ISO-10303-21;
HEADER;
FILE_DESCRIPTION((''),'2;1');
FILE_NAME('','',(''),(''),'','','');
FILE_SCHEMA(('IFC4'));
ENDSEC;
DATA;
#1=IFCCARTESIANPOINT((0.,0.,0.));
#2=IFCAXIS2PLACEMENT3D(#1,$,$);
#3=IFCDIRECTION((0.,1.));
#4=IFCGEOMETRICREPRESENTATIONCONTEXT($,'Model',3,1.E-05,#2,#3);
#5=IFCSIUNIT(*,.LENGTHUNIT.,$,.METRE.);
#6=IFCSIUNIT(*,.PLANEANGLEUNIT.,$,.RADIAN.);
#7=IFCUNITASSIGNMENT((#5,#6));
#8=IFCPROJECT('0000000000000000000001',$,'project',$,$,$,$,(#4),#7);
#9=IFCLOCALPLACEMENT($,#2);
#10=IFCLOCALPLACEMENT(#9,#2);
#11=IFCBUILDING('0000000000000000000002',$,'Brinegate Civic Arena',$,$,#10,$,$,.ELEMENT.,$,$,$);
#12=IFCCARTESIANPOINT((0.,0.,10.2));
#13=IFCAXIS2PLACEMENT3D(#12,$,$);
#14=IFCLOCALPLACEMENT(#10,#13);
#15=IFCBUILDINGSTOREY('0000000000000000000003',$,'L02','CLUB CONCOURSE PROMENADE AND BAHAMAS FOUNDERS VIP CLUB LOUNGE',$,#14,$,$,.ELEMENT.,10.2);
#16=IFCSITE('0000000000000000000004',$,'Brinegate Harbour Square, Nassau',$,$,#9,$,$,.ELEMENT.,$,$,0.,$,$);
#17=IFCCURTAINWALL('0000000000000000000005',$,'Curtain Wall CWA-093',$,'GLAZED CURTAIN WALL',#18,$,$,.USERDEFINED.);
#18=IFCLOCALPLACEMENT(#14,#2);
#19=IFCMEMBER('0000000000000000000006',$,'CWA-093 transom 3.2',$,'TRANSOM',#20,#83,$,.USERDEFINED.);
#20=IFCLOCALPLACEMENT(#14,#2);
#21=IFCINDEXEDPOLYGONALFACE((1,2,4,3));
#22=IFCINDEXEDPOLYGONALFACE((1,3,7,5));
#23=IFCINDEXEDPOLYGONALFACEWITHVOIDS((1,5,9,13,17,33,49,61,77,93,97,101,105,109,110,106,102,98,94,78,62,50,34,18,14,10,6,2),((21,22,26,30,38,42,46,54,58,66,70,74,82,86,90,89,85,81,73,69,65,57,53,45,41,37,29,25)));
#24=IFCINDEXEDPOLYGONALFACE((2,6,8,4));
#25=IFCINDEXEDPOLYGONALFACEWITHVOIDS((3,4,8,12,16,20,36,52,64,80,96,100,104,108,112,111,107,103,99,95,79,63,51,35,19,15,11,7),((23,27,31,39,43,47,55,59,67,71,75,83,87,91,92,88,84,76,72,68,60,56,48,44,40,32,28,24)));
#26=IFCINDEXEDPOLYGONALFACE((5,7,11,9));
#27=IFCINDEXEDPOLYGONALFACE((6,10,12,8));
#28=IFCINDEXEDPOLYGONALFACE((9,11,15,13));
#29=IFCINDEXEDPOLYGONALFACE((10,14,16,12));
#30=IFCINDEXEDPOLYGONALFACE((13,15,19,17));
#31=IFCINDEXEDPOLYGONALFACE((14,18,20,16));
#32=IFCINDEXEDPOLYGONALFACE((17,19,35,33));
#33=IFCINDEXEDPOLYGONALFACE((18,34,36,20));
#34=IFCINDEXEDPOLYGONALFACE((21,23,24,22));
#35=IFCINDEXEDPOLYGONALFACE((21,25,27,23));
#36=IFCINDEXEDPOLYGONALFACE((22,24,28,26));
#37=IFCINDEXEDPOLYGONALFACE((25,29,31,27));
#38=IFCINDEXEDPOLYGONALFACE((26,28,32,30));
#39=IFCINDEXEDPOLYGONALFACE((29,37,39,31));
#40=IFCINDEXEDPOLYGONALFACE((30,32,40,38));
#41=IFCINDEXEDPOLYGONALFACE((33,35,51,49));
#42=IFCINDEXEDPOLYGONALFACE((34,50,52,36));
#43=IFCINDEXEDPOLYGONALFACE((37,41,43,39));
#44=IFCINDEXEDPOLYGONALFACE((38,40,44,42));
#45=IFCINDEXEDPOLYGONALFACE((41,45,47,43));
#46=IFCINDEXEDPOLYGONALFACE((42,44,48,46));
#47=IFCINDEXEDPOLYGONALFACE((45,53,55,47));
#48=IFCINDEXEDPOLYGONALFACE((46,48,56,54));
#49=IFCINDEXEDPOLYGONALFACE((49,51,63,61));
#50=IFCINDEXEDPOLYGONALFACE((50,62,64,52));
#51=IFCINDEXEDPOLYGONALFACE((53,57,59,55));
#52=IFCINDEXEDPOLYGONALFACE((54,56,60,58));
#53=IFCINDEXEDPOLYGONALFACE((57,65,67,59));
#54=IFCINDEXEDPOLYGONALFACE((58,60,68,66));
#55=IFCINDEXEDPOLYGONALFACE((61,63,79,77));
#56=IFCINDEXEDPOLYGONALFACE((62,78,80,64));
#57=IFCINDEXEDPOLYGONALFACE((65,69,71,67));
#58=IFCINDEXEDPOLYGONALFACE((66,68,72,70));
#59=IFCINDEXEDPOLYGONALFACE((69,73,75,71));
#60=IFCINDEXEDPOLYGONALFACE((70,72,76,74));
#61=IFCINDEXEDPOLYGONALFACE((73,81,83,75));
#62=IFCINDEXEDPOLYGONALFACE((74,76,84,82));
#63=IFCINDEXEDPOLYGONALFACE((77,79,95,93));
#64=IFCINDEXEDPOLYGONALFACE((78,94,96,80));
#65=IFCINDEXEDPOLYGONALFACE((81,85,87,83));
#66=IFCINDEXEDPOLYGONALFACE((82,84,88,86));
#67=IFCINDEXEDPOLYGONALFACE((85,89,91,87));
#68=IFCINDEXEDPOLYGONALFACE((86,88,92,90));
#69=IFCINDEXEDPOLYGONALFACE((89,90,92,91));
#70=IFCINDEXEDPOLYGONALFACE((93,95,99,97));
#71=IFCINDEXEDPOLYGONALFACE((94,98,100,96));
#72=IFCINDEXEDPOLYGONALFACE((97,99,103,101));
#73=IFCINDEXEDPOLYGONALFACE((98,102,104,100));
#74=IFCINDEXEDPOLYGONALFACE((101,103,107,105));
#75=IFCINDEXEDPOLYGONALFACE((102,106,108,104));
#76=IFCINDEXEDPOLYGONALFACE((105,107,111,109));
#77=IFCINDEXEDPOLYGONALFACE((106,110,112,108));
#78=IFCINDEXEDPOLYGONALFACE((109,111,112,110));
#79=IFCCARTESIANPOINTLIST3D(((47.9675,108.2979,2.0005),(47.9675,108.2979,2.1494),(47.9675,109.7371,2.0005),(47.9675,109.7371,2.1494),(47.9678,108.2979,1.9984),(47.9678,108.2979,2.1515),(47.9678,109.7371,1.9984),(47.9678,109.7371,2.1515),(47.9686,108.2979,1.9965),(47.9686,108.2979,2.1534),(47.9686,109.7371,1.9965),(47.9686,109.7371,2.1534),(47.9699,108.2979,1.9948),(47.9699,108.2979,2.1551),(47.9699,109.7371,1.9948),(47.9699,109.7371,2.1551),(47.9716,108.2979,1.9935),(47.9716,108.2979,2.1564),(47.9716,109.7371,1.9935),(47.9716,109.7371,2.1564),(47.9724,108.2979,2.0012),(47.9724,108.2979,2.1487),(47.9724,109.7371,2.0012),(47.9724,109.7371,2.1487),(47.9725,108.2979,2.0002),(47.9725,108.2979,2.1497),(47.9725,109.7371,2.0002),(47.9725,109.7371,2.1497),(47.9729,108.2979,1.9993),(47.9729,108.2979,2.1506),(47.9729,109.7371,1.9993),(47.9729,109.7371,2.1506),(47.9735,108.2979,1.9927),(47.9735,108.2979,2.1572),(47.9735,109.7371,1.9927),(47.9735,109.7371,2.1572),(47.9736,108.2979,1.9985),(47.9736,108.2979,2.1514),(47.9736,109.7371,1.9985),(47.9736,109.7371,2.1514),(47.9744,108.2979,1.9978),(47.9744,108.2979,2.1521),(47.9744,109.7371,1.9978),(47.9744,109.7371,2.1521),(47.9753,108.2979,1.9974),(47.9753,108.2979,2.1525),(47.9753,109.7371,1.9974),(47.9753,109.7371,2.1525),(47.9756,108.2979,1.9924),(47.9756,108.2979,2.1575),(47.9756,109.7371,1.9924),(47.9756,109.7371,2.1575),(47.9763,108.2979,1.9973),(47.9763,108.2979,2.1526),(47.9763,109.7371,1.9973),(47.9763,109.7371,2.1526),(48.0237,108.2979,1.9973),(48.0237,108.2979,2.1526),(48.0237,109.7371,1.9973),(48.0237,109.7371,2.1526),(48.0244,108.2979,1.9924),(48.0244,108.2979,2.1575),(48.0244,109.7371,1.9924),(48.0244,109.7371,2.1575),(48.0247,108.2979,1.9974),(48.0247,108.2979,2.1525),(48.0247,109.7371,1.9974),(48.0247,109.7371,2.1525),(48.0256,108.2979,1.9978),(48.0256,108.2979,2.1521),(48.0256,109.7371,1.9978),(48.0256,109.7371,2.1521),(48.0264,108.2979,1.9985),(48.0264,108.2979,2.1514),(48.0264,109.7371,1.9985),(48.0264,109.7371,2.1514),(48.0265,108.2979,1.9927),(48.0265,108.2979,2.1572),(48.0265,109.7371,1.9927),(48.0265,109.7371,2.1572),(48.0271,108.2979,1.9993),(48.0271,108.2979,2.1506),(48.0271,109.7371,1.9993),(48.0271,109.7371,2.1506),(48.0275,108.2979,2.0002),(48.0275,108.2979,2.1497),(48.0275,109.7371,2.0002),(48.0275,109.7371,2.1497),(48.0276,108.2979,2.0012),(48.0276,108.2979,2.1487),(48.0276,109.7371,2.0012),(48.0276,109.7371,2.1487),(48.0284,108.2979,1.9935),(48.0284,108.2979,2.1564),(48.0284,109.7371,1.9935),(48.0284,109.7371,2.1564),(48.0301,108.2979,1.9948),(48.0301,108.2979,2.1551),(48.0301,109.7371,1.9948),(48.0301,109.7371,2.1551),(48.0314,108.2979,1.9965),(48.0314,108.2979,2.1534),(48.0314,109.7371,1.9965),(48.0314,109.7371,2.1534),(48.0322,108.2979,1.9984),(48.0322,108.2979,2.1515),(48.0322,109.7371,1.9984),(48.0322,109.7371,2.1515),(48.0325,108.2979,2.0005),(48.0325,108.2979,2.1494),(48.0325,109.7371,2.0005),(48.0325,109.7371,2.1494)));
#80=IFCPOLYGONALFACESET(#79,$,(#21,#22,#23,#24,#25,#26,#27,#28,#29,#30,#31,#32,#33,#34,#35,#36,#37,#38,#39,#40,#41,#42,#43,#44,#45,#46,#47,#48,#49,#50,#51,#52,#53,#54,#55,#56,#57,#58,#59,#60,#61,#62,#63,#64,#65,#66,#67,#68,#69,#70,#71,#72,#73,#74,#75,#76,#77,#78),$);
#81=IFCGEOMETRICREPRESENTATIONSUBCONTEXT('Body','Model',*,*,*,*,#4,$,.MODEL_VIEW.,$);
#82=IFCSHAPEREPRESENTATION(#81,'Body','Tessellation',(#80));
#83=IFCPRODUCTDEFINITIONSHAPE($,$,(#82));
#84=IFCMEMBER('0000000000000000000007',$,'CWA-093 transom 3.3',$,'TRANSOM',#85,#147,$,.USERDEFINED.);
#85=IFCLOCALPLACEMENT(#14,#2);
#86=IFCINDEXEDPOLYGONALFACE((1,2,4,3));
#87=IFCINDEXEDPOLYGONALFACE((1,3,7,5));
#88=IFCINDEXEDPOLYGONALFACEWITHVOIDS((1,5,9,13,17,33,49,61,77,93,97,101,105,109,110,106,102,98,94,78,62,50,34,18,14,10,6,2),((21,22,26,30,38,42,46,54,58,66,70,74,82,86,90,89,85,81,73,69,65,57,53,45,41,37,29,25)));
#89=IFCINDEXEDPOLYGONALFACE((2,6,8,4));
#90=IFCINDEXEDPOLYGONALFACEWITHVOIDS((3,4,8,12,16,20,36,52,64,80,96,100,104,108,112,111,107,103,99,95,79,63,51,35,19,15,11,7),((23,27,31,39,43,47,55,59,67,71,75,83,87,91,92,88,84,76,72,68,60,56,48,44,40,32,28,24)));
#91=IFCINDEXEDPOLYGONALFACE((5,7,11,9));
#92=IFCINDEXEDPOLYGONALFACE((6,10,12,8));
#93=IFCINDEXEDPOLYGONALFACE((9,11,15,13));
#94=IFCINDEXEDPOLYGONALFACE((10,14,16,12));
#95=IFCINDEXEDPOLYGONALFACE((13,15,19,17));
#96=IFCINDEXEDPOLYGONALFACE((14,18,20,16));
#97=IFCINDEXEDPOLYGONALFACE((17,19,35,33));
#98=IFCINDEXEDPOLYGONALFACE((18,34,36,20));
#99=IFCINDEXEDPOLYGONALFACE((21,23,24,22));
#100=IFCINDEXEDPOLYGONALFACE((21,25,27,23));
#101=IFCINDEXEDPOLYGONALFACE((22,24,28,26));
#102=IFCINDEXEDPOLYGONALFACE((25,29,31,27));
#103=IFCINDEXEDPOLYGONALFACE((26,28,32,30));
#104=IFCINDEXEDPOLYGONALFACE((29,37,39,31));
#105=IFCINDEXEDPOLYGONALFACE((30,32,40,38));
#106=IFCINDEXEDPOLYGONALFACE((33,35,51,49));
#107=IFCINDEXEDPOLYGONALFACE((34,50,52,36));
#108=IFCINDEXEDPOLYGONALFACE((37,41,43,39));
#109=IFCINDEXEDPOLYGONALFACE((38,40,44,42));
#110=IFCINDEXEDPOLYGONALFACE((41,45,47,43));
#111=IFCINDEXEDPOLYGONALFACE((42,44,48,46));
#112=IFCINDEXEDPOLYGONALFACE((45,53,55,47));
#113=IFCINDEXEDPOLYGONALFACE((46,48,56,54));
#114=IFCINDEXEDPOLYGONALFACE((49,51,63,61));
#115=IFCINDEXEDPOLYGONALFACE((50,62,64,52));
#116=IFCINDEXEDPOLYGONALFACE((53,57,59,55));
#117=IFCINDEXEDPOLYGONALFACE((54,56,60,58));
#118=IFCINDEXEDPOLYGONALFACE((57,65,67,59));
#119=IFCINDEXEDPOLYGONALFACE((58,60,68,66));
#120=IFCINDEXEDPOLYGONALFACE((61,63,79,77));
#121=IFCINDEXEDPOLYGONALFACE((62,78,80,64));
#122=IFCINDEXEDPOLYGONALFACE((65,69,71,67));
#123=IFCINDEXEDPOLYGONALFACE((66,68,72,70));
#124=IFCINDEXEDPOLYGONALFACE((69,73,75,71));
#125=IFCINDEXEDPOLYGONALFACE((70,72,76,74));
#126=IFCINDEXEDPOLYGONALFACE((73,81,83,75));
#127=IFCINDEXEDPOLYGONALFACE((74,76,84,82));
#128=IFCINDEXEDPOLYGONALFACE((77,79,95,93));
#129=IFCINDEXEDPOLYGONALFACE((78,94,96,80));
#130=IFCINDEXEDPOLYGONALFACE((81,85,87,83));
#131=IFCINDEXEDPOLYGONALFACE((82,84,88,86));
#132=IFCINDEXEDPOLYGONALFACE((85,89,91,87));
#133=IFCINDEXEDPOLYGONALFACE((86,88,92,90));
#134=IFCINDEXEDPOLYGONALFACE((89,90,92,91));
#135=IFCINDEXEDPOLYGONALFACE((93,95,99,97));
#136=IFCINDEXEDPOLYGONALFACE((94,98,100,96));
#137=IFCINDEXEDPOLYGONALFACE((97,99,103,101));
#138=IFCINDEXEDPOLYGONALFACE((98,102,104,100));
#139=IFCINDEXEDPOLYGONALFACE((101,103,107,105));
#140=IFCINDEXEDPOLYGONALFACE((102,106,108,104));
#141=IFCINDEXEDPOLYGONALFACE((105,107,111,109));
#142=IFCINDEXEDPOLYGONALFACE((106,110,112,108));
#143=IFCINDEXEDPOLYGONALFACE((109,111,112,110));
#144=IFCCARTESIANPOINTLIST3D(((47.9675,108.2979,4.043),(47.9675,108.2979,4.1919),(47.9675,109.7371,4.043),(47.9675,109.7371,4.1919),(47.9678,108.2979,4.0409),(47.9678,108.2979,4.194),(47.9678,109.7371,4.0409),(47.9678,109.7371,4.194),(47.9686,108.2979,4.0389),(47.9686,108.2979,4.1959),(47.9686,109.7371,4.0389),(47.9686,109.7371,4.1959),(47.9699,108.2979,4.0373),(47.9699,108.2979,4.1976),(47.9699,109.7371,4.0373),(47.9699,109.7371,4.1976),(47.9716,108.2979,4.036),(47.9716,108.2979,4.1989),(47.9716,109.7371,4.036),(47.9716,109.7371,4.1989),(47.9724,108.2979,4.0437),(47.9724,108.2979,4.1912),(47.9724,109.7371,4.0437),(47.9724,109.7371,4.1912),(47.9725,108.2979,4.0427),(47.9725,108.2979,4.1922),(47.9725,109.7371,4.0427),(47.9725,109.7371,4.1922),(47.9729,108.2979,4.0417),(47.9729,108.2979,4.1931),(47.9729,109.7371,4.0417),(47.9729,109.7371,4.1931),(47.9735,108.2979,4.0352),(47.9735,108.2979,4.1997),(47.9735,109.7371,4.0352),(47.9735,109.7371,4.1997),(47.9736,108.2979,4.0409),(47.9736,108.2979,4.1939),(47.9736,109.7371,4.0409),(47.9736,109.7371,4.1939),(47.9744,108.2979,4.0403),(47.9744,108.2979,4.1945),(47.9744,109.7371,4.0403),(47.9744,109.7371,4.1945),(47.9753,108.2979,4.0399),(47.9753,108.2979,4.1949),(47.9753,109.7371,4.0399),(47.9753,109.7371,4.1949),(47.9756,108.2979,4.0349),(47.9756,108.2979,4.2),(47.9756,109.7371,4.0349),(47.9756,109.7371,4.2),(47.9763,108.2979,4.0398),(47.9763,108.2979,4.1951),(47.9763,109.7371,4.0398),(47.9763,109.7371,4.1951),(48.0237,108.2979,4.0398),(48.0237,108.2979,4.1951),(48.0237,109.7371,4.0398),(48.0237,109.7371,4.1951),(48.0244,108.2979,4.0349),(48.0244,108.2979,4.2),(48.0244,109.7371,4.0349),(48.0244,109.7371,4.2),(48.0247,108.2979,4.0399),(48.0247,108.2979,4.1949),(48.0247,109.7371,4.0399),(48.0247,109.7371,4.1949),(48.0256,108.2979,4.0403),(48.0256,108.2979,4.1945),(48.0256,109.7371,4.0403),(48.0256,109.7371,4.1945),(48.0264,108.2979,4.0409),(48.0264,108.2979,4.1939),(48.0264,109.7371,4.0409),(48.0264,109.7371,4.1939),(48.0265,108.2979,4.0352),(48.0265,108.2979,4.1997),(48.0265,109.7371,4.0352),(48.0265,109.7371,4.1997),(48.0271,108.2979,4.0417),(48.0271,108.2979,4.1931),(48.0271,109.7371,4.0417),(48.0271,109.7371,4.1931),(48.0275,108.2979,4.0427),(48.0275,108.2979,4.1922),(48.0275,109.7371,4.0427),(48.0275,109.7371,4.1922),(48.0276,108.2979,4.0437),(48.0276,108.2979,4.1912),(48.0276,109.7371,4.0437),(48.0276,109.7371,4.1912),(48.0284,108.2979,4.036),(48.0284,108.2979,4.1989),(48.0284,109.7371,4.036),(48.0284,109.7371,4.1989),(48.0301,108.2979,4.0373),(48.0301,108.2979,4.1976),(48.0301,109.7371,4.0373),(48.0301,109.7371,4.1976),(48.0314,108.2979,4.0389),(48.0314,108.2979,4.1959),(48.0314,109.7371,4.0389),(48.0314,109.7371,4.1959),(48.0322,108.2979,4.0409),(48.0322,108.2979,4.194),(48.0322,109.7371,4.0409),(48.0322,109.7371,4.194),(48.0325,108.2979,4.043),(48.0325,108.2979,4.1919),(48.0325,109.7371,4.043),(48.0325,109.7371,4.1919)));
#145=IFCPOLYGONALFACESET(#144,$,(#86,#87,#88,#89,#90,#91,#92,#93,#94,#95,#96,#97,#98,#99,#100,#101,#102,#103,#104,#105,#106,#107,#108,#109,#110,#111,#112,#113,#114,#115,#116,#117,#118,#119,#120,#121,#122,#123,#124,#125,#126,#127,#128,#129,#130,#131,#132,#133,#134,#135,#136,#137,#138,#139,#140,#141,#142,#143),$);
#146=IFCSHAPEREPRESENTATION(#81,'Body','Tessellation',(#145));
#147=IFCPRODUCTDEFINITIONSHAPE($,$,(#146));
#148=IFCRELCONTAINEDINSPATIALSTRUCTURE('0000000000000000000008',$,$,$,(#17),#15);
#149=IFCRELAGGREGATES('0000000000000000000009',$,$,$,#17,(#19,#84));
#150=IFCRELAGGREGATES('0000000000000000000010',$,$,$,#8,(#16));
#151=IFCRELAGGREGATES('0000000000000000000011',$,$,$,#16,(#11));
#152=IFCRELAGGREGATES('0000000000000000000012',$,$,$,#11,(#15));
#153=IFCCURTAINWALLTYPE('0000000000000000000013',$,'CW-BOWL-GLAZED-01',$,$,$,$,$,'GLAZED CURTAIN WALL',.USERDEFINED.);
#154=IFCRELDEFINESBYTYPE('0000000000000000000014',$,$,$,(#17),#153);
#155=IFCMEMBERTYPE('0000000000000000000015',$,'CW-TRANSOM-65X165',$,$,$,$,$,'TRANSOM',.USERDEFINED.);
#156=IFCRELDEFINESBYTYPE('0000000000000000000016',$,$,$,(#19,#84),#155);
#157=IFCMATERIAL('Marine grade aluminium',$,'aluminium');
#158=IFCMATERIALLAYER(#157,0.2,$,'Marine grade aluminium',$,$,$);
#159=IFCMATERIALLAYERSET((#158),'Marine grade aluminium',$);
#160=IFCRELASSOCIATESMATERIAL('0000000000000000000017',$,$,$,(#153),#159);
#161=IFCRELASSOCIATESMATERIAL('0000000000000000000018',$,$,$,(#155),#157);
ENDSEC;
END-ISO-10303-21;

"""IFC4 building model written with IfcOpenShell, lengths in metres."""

from ifc_helpers import new_model, si_unit, direction, frame, origin, origin_2d, place, context, subcontext, project, spatial, hollow_rectangle, extrude, material, layer, layer_set, material_profile, profile_set, type_object, element, aggregate, save


model = new_model("IFC4")

# Units and contexts
model_context = context("Model", 3, precision=1e-05, world=origin(), true_north=direction((0.0, 1.0)))
body_context = subcontext(model_context, "Body", "Model", "MODEL_VIEW")
ifc_project = project(units=[si_unit("LENGTHUNIT", "METRE"), si_unit("PLANEANGLEUNIT", "RADIAN")], contexts=[model_context])

# Site, building, storey
site_placement = place(None, origin())
site = spatial("IfcSite", under=ifc_project, at=site_placement, Name="Brinegate Harbour Square, Nassau", CompositionType="ELEMENT", RefElevation=0.0)
building_placement = place(site_placement, origin())
building = spatial("IfcBuilding", under=site, at=building_placement, Name="Brinegate Civic Arena", CompositionType="ELEMENT")
storey_placement = place(building_placement, frame((0.0, 0.0, 10.2)))
storey = spatial("IfcBuildingStorey", under=building, at=storey_placement, Name="L02", Description="CLUB CONCOURSE PROMENADE AND BAHAMAS FOUNDERS VIP CLUB LOUNGE", CompositionType="ELEMENT", Elevation=10.2)

# Curtain wall, members
ifc_material_1 = material(Name="Marine grade aluminium", Category="aluminium")
ifc_layer_1 = layer(ifc_material_1, 0.2, Name="Marine grade aluminium")
ifc_layer_set_1 = layer_set([ifc_layer_1], Name="Marine grade aluminium")
curtain_wall_type = type_object("IfcCurtainWallType", Name="CW-BOWL-GLAZED-01", ElementType="GLAZED CURTAIN WALL", PredefinedType="USERDEFINED", material=ifc_layer_set_1)
curtain_wall_placement = place(storey_placement, origin())
curtain_wall = element("IfcCurtainWall", 1, at=curtain_wall_placement, inside=storey, type_object=curtain_wall_type, Name="Curtain Wall CWA-093", ObjectType="GLAZED CURTAIN WALL", PredefinedType="USERDEFINED")
ifc_material_profile_1 = material_profile(ifc_material_1, hollow_rectangle(XDim=0.0649, YDim=0.165, WallThickness=0.0049, InnerFilletRadius=0.0039, OuterFilletRadius=0.0081, at=origin_2d()), Name="TRN65X165")
ifc_profile_set_1 = profile_set([ifc_material_profile_1], Name="Marine grade aluminium")
member_type_1 = type_object("IfcMemberType", Name="CW-TRANSOM-65X165", ElementType="TRANSOM", PredefinedType="USERDEFINED", material=ifc_profile_set_1)
member_1_placement = place(storey_placement, frame((48.0, 108.2979, 2.075), z_axis=(0.0, 1.0, 0.0), x_axis=(-1.0, 0.0, 0.0)))
member_1 = element("IfcMember", 2, at=member_1_placement, type_object=member_type_1, Name="CWA-093 transom 3.2", ObjectType="TRANSOM", PredefinedType="USERDEFINED", context=body_context, shape_type="SweptSolid", body=[
    extrude(hollow_rectangle(XDim=0.0649, YDim=0.165, WallThickness=0.0049, InnerFilletRadius=0.0039, OuterFilletRadius=0.0081, at=origin_2d()), origin(), (0.0, 0.0, 1.0), 1.4392),
])
member_2_placement = place(storey_placement, frame((48.0, 108.2979, 4.1174), z_axis=(0.0, 1.0, 0.0), x_axis=(-1.0, 0.0, 0.0)))
member_2 = element("IfcMember", 3, at=member_2_placement, type_object=member_type_1, Name="CWA-093 transom 3.3", ObjectType="TRANSOM", PredefinedType="USERDEFINED", context=body_context, shape_type="SweptSolid", body=[
    extrude(hollow_rectangle(XDim=0.0649, YDim=0.165, WallThickness=0.0049, InnerFilletRadius=0.0039, OuterFilletRadius=0.0081, at=origin_2d()), origin(), (0.0, 0.0, 1.0), 1.4392),
])

aggregate(curtain_wall, [member_1, member_2])

save(model, "model.ifc")
